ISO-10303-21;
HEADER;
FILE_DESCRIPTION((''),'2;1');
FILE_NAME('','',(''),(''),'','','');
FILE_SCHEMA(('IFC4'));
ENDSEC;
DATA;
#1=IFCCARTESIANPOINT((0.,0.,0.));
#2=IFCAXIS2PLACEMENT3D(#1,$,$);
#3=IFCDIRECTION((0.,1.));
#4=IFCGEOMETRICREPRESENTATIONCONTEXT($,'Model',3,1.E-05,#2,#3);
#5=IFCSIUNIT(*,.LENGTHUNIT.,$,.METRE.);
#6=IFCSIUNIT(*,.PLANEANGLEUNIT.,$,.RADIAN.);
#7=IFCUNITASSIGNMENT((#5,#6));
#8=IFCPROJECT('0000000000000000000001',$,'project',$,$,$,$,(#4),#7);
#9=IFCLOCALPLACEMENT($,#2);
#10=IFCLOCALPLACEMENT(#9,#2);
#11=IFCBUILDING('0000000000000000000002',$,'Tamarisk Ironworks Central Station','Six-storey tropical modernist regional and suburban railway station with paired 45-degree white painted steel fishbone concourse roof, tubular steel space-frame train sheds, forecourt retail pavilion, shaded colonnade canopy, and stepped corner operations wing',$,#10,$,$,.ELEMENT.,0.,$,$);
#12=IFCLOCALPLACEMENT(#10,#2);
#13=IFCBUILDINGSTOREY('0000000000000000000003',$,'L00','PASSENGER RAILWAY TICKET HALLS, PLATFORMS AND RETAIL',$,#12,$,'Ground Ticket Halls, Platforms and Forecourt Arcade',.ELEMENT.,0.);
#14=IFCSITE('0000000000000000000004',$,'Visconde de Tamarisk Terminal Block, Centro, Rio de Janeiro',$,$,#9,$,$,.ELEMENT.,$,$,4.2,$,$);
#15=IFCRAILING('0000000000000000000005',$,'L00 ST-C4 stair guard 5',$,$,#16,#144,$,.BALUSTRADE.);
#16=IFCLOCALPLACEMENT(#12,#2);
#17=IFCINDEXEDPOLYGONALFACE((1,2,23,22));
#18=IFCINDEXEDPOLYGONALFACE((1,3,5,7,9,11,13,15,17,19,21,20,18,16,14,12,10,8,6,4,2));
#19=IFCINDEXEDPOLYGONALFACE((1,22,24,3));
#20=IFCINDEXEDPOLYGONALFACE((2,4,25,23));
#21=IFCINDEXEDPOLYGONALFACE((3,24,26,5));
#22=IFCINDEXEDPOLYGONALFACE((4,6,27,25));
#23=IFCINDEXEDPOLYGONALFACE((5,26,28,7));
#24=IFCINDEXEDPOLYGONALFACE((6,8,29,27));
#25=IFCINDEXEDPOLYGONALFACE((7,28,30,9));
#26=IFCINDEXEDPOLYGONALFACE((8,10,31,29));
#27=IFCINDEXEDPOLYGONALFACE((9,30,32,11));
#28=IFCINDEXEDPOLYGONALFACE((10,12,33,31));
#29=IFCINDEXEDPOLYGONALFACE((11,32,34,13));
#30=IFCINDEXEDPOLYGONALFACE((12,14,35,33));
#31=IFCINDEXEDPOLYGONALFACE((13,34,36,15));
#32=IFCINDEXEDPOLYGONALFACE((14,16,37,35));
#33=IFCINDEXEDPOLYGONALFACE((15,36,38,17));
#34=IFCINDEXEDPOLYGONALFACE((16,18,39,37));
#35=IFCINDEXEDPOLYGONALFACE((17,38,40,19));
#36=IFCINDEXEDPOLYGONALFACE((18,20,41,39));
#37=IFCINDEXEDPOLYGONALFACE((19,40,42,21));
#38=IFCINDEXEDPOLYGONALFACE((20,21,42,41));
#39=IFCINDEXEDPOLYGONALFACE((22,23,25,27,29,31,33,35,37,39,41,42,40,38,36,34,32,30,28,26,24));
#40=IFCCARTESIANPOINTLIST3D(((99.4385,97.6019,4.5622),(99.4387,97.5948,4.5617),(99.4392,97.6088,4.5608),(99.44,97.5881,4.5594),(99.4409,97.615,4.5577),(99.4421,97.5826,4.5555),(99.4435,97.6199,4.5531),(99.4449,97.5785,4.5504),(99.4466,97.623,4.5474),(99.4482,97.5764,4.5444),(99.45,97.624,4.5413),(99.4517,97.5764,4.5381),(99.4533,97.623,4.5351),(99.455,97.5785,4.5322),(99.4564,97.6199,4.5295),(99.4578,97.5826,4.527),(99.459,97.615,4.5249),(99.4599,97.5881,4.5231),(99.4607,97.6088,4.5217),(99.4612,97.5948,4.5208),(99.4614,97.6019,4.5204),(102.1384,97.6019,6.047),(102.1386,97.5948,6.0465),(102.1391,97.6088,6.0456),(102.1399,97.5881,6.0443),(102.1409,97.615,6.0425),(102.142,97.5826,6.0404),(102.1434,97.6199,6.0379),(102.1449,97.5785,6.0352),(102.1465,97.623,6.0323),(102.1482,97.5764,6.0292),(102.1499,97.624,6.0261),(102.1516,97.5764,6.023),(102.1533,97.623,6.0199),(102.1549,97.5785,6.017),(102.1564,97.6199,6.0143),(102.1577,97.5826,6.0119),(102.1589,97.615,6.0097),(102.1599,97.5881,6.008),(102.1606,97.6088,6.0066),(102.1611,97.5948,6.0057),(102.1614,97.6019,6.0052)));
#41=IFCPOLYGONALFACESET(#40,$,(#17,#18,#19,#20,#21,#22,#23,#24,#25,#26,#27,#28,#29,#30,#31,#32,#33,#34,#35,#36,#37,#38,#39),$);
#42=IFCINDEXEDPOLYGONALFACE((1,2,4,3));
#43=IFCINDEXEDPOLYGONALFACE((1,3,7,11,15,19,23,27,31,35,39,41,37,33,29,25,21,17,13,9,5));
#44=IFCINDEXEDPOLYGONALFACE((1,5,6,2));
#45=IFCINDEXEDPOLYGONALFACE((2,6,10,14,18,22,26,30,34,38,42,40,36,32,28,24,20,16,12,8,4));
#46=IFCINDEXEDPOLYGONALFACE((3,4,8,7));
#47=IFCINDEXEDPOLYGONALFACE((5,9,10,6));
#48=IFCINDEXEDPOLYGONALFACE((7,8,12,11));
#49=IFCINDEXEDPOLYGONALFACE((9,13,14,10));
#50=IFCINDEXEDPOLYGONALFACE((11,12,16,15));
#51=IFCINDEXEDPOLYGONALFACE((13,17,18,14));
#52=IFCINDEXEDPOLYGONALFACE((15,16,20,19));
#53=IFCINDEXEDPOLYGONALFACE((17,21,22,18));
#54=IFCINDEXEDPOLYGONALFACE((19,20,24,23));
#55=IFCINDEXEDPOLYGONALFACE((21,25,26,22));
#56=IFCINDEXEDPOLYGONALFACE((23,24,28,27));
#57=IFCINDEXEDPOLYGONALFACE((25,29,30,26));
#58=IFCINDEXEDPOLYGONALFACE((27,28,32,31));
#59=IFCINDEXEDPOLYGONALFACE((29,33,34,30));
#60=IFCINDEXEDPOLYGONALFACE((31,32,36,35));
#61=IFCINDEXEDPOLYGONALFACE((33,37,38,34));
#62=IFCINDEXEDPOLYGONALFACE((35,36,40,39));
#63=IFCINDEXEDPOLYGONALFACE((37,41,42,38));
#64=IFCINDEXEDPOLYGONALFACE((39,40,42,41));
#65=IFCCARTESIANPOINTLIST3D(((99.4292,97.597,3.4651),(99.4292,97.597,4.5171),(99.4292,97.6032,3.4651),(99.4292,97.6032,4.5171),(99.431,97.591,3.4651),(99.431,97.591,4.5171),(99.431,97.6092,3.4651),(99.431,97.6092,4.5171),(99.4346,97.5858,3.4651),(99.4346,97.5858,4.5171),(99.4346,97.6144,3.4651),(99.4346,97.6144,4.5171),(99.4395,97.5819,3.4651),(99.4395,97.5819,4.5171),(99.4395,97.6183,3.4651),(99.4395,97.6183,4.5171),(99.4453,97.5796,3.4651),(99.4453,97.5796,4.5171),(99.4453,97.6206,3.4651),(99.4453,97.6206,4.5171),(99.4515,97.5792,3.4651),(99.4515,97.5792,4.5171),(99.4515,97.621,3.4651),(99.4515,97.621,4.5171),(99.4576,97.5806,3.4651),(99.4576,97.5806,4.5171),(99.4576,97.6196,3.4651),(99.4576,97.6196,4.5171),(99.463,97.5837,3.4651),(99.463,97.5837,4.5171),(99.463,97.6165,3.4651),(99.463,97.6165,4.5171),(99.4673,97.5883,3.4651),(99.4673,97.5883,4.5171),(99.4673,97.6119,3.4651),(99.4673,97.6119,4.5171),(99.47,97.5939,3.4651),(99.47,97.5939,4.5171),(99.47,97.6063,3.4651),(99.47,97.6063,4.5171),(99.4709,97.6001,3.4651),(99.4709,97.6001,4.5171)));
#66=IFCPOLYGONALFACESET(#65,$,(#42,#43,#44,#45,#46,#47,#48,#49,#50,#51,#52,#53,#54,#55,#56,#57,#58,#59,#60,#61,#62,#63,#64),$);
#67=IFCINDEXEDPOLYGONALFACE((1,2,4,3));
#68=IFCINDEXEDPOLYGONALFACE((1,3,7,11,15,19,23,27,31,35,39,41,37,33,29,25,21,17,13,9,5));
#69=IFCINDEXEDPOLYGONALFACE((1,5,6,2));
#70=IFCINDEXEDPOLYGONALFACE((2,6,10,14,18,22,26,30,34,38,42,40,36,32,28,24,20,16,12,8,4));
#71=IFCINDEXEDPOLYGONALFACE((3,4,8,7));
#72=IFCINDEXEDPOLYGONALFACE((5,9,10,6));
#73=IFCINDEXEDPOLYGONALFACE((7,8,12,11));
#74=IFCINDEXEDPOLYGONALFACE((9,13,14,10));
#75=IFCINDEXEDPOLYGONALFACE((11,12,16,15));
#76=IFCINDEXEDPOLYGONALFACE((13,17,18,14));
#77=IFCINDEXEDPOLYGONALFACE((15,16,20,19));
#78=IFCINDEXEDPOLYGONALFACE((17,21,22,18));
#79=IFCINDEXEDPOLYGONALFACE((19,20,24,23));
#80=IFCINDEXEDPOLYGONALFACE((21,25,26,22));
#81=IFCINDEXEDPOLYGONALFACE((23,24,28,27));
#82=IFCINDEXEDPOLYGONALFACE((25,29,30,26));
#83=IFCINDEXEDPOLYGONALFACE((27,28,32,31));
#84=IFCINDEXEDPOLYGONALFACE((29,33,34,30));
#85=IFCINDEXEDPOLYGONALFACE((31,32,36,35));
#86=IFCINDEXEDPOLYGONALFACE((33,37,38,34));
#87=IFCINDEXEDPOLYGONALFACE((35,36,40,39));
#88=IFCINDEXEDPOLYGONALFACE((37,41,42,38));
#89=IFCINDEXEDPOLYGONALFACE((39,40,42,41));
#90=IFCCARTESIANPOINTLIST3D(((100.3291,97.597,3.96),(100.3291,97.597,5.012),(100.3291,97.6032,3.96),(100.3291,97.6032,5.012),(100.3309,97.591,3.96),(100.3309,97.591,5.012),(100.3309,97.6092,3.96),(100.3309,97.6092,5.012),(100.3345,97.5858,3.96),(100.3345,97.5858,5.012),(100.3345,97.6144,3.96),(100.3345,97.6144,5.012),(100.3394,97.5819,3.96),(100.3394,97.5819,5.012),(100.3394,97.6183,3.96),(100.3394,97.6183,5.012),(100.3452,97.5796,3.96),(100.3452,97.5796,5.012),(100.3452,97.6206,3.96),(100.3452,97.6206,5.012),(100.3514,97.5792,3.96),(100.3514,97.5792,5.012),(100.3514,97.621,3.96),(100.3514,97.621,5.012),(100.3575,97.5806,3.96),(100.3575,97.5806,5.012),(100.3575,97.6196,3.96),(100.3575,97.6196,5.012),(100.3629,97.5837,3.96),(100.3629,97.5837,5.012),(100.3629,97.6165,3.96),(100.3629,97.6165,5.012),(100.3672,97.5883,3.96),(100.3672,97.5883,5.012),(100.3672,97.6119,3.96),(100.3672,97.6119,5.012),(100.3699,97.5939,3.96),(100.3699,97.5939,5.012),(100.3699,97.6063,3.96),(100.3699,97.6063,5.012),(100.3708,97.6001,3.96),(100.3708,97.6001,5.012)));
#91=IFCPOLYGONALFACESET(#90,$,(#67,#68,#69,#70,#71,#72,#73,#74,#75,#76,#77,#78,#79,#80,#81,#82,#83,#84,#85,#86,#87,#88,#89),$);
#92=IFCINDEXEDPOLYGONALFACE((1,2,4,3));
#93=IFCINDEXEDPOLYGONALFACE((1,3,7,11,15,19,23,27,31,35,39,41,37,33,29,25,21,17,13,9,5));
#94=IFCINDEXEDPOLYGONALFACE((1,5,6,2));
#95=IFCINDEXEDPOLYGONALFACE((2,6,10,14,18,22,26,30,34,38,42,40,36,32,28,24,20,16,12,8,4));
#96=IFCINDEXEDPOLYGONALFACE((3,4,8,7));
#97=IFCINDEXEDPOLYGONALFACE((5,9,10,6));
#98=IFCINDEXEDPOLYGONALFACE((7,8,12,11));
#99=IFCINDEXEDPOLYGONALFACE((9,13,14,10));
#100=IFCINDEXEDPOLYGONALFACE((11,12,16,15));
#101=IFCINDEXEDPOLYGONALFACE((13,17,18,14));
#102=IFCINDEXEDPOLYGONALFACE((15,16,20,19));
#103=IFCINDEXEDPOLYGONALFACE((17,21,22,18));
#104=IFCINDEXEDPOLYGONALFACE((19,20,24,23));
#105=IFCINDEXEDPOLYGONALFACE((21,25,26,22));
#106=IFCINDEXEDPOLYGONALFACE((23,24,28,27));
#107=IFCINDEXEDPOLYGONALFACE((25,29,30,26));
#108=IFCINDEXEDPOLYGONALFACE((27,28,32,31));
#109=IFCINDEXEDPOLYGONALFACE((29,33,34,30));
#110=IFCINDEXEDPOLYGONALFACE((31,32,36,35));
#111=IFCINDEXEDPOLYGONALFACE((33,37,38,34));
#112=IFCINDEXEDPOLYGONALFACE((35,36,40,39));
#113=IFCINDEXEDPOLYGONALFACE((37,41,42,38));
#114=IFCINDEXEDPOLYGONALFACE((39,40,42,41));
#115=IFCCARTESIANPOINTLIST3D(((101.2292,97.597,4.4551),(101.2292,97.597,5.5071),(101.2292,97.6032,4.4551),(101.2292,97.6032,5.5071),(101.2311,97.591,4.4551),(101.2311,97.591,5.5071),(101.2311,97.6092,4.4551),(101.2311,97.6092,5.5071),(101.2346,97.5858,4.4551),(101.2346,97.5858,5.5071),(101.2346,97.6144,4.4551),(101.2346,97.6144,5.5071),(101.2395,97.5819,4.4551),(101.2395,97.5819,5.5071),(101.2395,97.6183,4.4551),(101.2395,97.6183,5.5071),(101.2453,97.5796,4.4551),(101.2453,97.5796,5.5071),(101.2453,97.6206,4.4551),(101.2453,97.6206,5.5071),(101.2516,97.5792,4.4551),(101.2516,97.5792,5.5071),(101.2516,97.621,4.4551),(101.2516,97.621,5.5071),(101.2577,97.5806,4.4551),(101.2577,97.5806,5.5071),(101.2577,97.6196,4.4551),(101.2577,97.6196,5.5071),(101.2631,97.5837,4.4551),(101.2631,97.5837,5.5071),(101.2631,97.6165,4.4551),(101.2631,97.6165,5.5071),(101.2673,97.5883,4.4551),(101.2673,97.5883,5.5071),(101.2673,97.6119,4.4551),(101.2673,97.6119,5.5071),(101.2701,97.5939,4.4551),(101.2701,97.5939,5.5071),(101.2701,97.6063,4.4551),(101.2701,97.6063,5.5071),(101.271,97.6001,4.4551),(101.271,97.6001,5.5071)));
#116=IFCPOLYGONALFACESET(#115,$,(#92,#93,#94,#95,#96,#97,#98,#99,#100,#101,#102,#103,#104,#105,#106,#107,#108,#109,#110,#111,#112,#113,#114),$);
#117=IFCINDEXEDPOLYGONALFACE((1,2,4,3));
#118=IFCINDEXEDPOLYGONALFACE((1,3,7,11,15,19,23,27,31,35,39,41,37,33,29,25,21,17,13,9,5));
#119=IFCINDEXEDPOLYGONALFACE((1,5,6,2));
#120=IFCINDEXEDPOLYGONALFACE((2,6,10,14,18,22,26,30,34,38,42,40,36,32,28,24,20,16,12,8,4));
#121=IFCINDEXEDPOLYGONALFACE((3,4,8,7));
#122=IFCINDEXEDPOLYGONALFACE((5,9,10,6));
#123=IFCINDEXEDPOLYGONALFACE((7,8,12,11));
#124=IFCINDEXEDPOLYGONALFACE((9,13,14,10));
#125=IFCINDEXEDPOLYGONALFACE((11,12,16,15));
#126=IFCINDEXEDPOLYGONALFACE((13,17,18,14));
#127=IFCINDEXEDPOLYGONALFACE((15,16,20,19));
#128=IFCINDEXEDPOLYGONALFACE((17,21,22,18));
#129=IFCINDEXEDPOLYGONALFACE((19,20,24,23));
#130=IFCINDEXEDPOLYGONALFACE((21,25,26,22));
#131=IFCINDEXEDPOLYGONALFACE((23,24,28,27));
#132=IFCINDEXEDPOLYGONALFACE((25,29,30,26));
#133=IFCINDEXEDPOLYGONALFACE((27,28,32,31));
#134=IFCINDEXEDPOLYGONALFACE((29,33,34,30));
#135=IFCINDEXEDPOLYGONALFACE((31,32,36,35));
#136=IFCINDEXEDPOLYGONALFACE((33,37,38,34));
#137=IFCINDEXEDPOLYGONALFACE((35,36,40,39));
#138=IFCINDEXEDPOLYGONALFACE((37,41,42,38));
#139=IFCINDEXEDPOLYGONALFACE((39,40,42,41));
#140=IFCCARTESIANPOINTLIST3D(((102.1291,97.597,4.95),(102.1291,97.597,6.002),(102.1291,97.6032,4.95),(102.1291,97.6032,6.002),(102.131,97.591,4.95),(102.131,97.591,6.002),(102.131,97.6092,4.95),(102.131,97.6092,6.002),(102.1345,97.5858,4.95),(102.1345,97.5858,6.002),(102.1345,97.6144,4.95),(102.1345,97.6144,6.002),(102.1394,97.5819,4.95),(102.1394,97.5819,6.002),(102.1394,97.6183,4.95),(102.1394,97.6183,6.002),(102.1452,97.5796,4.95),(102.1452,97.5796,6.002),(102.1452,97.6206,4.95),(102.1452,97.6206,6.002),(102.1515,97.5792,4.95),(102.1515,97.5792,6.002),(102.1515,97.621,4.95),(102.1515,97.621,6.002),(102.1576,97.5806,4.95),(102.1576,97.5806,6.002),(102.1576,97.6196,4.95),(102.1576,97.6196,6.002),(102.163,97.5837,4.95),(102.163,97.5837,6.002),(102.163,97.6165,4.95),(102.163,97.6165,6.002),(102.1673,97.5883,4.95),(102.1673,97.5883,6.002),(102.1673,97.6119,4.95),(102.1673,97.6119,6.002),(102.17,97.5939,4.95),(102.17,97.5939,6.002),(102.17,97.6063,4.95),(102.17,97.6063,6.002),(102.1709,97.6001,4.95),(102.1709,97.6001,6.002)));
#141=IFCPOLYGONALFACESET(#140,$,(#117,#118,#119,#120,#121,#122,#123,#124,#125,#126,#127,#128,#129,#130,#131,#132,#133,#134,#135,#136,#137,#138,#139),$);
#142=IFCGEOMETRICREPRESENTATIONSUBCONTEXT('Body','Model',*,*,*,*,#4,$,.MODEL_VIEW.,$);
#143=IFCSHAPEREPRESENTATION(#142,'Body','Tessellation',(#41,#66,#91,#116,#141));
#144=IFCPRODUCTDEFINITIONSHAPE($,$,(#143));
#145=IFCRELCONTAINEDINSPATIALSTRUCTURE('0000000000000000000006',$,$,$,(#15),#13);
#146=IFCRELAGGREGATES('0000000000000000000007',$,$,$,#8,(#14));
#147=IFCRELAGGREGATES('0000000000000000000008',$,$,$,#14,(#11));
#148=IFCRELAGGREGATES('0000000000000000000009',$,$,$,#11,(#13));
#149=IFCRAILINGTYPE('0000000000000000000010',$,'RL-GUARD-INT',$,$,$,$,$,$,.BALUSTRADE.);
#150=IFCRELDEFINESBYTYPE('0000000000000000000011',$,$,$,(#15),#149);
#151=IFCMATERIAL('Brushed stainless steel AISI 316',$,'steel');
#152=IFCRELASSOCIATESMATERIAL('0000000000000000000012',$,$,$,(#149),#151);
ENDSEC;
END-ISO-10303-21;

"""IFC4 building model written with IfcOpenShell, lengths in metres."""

from ifc_helpers import new_model, si_unit, direction, frame, origin, origin_2d, place, context, subcontext, project, spatial, circle, extrude, material, type_object, element, save


model = new_model("IFC4")

# Units and contexts
model_context = context("Model", 3, precision=1e-05, world=origin(), true_north=direction((0.0, 1.0)))
body_context = subcontext(model_context, "Body", "Model", "MODEL_VIEW")
ifc_project = project(units=[si_unit("LENGTHUNIT", "METRE"), si_unit("PLANEANGLEUNIT", "RADIAN")], contexts=[model_context])

# Site, building, storey
site_placement = place(None, origin())
site = spatial("IfcSite", under=ifc_project, at=site_placement, Name="Visconde de Tamarisk Terminal Block, Centro, Rio de Janeiro", CompositionType="ELEMENT", RefElevation=4.2)
building_placement = place(site_placement, origin())
building = spatial("IfcBuilding", under=site, at=building_placement, Name="Tamarisk Ironworks Central Station", Description="Six-storey tropical modernist regional and suburban railway station with paired 45-degree white painted steel fishbone concourse roof, tubular steel space-frame train sheds, forecourt retail pavilion, shaded colonnade canopy, and stepped corner operations wing", CompositionType="ELEMENT", ElevationOfRefHeight=0.0)
storey_placement = place(building_placement, origin())
storey = spatial("IfcBuildingStorey", under=building, at=storey_placement, Name="L00", Description="PASSENGER RAILWAY TICKET HALLS, PLATFORMS AND RETAIL", LongName="Ground Ticket Halls, Platforms and Forecourt Arcade", CompositionType="ELEMENT", Elevation=0.0)

# Railing
ifc_material_1 = material(Name="Brushed stainless steel AISI 316", Category="steel")
railing_type_1 = type_object("IfcRailingType", Name="RL-GUARD-INT", PredefinedType="BALUSTRADE", material=ifc_material_1)
railing_1_placement = place(storey_placement, frame((99.45, 97.6001, 3.4651)))
element("IfcRailing", 1, at=railing_1_placement, inside=storey, type_object=railing_type_1, Name="L00 ST-C4 stair guard 5", PredefinedType="BALUSTRADE", context=body_context, shape_type="SweptSolid", body=[
    extrude(circle(Radius=0.0239, at=origin_2d()), frame((0.0, 0.0, 1.0762), z_axis=(0.876231, 0.0, 0.481891), x_axis=(0.0, 1.0, 0.0)), (0.0, 0.0, 1.0), 3.0813),
    extrude(circle(Radius=0.021, at=origin_2d()), origin(), (0.0, 0.0, 1.0), 1.052),
    extrude(circle(Radius=0.021, at=origin_2d()), frame((0.8999, 0.0, 0.4949)), (0.0, 0.0, 1.0), 1.052),
    extrude(circle(Radius=0.021, at=origin_2d()), frame((1.8, 0.0, 0.99)), (0.0, 0.0, 1.0), 1.052),
    extrude(circle(Radius=0.021, at=origin_2d()), frame((2.7, 0.0, 1.4849)), (0.0, 0.0, 1.0), 1.052),
])

save(model, "model.ifc")
